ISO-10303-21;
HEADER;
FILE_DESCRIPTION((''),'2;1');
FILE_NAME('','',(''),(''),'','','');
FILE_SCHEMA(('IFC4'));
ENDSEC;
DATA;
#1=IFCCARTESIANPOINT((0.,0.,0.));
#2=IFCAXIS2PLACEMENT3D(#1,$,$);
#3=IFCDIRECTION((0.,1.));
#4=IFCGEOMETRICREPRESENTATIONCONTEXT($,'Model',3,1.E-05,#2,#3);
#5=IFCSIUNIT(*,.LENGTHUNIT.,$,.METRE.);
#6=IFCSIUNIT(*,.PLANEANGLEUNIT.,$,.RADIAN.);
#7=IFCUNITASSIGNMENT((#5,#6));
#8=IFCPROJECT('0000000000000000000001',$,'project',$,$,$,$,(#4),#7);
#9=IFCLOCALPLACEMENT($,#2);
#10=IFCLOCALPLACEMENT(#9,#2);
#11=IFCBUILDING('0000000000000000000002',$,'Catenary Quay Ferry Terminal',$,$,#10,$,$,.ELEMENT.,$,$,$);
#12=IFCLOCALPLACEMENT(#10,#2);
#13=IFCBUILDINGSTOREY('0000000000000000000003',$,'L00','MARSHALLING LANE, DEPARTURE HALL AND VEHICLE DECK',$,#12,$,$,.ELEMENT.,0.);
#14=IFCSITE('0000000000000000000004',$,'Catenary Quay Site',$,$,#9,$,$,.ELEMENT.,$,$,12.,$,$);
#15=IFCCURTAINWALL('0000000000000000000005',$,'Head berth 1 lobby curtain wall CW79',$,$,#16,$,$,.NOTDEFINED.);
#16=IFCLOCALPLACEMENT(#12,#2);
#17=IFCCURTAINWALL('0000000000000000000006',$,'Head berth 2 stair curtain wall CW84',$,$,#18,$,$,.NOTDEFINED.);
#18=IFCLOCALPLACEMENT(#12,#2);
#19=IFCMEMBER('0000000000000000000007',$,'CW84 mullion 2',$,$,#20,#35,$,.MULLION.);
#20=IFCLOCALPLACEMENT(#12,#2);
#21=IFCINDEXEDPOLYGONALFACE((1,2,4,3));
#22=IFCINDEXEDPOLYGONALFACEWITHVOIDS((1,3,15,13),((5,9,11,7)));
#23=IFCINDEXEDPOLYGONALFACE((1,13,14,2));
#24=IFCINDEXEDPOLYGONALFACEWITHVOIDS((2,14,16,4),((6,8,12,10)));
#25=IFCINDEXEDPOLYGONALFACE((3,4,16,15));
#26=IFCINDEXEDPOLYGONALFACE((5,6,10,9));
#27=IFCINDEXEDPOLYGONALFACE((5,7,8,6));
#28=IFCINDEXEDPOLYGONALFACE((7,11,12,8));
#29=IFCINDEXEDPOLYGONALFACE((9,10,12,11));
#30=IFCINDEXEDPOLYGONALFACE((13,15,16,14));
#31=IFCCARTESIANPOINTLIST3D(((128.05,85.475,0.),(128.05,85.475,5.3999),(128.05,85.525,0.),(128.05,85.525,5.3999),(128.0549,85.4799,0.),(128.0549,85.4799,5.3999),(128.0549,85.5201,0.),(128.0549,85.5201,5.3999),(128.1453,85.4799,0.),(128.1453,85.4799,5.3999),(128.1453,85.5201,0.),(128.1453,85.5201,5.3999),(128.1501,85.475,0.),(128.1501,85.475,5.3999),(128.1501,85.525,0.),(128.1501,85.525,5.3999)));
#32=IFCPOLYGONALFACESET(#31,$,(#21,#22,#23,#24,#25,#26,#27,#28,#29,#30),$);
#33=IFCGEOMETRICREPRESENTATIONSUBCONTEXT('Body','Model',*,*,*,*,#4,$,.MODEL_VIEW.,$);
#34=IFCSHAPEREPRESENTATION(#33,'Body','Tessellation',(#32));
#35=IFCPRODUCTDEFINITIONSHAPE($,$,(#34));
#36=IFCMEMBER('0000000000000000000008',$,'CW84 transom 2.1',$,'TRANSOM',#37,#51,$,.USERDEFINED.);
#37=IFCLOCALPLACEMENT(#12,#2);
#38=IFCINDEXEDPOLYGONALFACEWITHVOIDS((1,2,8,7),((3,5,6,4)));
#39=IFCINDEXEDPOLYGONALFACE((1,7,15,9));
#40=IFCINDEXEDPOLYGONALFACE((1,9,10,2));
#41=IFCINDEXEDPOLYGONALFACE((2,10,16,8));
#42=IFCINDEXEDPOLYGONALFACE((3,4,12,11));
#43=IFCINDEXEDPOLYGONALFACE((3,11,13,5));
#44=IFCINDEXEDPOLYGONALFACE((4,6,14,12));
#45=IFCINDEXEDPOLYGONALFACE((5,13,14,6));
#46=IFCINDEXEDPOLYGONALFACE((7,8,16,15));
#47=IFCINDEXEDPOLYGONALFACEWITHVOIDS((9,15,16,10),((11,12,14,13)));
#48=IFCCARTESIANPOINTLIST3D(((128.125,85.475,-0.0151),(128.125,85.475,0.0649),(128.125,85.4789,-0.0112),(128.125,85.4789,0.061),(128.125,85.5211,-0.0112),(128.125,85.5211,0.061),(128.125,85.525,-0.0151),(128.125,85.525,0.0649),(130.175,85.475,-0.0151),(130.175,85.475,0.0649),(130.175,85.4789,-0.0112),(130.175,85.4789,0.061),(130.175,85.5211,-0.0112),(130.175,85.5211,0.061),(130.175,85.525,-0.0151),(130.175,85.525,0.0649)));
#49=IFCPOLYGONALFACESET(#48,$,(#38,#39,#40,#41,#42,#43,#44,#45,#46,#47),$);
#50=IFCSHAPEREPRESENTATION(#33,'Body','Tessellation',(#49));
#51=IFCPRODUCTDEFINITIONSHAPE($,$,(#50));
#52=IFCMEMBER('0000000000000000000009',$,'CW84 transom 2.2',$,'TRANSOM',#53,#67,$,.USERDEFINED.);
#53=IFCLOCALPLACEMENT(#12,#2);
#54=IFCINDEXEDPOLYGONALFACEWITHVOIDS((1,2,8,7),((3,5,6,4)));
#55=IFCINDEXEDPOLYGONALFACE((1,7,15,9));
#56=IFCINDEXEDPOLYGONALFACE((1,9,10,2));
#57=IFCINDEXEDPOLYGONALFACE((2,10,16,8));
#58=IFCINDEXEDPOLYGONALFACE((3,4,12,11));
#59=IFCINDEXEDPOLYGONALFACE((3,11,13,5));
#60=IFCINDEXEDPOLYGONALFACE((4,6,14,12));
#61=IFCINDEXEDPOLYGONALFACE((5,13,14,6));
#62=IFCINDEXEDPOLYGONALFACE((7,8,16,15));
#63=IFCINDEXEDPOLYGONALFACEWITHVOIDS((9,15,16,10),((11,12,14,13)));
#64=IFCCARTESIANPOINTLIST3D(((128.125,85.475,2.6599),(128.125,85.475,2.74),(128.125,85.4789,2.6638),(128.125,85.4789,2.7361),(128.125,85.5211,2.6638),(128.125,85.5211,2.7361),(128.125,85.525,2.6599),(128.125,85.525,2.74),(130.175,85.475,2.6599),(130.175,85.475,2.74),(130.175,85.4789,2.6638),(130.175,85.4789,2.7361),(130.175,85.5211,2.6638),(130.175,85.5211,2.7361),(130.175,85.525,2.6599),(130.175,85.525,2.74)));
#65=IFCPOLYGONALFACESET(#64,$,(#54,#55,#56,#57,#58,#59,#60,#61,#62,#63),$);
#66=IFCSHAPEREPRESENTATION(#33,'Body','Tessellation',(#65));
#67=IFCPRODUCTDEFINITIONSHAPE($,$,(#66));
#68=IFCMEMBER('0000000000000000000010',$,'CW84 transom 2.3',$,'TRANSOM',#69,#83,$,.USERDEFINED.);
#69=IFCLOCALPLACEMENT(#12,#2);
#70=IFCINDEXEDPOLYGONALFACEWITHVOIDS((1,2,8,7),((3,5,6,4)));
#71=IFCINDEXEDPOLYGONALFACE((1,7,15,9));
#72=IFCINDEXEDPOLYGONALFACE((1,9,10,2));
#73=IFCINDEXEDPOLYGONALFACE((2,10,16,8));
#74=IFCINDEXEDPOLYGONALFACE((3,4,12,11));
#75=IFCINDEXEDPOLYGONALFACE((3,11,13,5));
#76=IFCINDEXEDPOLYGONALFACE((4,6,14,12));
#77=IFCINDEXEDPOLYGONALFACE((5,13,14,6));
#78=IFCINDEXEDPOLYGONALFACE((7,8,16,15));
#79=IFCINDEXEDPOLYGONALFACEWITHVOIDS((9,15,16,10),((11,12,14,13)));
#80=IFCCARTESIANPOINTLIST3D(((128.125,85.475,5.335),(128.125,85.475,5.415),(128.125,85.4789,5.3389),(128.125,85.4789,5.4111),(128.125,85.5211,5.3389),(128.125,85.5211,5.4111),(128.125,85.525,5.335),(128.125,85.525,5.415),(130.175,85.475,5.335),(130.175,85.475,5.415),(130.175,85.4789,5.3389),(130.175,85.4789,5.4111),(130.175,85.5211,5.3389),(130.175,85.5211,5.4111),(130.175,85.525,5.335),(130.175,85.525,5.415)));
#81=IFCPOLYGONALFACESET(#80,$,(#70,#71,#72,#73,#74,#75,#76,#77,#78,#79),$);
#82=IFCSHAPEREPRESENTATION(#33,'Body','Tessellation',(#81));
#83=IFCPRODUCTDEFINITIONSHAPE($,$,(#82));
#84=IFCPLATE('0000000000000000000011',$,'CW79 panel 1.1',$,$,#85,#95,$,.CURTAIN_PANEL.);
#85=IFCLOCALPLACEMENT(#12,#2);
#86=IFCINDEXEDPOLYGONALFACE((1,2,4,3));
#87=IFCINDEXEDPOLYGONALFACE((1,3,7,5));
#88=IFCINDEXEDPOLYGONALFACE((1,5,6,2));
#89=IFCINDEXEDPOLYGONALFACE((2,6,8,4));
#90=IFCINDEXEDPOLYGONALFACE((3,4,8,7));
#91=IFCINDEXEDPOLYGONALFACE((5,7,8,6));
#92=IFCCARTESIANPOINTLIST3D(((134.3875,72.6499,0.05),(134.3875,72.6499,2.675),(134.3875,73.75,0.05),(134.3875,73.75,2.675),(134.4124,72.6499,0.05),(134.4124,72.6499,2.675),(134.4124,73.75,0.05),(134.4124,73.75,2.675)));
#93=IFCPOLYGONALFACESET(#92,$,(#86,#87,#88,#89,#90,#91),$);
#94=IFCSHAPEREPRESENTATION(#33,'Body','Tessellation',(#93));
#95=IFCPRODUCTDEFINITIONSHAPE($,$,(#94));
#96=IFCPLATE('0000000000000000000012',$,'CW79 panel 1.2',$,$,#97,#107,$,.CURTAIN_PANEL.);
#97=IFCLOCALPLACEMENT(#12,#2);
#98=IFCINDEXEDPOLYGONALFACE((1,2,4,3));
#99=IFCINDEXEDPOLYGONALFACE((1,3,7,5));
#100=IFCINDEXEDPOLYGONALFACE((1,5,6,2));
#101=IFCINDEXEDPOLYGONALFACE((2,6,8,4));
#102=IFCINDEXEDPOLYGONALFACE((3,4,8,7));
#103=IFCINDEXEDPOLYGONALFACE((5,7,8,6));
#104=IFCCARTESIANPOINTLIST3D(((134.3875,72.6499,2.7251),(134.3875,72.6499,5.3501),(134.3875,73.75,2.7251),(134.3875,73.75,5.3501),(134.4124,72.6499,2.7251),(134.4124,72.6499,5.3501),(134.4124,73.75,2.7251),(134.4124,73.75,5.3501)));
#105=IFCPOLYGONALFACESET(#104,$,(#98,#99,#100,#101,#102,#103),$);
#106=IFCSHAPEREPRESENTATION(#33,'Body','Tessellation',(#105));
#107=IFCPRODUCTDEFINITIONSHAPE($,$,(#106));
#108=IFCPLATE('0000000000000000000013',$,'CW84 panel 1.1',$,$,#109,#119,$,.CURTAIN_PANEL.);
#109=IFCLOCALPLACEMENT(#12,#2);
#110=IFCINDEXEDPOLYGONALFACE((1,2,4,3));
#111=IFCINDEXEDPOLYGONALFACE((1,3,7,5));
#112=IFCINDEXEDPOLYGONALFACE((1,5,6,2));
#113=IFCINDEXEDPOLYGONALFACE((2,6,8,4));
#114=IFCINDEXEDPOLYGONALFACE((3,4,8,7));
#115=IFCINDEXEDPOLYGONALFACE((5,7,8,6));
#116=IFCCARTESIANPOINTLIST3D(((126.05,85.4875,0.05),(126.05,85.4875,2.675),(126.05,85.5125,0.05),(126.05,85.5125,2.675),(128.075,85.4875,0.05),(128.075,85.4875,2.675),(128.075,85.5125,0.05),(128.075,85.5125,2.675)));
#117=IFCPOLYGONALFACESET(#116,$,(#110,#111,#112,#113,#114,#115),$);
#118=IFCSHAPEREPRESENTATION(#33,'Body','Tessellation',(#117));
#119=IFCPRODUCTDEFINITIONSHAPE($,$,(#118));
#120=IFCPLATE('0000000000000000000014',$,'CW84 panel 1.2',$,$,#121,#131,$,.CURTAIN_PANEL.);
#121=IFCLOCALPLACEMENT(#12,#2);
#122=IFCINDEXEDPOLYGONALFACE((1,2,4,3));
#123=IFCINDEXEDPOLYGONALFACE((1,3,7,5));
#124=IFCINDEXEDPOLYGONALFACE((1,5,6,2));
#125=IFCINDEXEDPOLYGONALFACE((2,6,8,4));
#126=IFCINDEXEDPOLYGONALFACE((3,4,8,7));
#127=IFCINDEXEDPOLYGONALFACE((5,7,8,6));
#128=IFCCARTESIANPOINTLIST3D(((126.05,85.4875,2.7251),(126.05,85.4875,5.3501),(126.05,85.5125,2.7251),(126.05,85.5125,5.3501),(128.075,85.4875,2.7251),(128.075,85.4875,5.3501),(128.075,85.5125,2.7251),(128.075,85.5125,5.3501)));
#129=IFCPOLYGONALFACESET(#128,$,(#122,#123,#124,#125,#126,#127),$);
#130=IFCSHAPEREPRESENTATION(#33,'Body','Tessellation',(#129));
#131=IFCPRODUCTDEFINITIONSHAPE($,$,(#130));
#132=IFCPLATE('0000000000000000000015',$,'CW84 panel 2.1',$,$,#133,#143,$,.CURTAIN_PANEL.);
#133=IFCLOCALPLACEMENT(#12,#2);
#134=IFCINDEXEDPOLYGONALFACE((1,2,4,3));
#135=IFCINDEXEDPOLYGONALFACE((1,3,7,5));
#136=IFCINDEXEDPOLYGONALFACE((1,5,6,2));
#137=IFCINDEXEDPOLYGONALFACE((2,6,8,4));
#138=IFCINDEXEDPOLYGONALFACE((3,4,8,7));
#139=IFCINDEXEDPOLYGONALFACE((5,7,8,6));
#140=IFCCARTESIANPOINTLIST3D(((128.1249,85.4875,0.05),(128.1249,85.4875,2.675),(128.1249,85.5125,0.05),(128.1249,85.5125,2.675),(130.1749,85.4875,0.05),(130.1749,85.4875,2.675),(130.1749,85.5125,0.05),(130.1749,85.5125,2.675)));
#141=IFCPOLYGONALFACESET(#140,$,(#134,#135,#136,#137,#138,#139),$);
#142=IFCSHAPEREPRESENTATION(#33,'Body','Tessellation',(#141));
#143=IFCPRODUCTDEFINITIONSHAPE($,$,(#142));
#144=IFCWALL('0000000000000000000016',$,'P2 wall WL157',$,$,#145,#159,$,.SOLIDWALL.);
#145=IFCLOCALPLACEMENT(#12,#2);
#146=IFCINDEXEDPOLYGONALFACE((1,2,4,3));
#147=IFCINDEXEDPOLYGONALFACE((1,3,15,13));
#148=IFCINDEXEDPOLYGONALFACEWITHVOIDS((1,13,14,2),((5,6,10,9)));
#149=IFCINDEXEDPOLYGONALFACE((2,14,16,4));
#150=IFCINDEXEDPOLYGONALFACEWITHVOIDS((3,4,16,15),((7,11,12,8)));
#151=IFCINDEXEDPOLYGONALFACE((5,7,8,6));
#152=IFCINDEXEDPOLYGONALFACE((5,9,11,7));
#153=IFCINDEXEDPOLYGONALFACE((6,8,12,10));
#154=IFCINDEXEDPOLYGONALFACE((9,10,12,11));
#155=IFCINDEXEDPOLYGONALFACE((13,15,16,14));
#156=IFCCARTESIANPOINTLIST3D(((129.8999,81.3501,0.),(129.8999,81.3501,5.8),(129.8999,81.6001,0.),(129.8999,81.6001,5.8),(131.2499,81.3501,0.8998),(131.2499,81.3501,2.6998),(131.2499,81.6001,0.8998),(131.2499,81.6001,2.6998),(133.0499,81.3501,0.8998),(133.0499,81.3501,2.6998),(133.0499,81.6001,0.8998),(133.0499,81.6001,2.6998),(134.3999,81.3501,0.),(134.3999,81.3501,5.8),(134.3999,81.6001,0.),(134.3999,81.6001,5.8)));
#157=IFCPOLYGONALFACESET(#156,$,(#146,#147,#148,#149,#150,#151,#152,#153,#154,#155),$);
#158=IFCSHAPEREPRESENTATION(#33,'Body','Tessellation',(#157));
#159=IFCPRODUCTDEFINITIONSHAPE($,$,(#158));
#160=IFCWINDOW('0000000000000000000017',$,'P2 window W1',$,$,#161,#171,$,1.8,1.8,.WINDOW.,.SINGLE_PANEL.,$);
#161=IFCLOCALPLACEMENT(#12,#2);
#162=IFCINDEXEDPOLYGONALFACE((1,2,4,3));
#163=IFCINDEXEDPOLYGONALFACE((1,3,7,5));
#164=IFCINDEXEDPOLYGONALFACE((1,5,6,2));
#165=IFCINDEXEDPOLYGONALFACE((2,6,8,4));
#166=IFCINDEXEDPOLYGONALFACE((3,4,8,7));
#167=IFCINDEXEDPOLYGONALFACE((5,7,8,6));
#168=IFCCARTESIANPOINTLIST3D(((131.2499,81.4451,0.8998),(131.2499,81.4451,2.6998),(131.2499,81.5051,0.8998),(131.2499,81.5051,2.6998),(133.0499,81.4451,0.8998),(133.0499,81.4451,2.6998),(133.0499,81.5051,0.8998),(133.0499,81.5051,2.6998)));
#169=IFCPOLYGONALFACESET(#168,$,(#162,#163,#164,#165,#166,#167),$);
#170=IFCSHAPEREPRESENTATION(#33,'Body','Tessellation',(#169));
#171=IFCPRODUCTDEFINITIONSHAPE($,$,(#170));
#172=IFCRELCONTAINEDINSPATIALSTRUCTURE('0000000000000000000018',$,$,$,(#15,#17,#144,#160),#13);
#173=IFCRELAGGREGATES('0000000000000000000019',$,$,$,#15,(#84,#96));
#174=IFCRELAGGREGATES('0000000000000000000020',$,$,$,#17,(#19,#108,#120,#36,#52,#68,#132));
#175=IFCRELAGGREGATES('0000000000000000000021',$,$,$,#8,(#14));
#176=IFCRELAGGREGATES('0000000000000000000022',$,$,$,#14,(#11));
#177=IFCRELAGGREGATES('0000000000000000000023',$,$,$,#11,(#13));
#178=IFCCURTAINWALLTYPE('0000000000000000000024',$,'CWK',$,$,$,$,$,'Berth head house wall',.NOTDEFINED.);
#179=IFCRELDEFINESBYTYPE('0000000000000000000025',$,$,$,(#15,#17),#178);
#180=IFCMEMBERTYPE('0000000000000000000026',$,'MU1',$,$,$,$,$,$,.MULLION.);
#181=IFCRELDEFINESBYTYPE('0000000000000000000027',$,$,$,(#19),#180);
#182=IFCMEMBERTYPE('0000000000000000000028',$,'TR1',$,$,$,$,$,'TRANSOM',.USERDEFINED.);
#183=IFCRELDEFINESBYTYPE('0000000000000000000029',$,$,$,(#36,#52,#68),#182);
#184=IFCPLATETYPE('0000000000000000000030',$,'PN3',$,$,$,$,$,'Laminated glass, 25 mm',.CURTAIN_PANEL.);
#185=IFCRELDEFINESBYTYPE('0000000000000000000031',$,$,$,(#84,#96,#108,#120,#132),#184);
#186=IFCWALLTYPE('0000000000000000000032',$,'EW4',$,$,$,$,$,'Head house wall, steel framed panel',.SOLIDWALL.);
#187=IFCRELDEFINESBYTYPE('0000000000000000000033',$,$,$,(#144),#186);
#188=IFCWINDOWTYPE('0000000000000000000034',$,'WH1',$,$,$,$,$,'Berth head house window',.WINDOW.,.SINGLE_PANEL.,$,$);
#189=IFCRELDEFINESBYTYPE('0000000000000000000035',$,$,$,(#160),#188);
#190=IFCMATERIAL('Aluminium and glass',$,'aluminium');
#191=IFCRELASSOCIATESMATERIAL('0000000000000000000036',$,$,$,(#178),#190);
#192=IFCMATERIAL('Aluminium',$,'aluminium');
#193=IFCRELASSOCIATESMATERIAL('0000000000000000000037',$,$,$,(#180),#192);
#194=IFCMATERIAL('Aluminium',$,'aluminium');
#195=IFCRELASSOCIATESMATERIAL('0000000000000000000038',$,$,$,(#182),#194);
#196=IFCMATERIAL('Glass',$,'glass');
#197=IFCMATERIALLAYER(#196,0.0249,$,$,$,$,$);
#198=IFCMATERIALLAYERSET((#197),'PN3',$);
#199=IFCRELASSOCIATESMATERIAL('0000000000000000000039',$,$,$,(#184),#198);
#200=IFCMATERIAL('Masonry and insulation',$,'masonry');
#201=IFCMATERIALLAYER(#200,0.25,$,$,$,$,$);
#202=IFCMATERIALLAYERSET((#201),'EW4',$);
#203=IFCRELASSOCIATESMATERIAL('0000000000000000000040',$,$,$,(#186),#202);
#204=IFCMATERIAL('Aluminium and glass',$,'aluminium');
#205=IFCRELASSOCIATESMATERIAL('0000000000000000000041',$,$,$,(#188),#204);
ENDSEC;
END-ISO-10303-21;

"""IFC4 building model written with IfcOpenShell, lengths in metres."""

from ifc_helpers import new_model, si_unit, direction, frame, frame_2d, origin, origin_2d, place, context, subcontext, project, spatial, rectangle, hollow_rectangle, extrude, material, layer, layer_set, material_profile, profile_set, type_object, element, fill, aggregate, save


model = new_model("IFC4")

# Units and contexts
model_context = context("Model", 3, precision=1e-05, world=origin(), true_north=direction((0.0, 1.0)))
body_context = subcontext(model_context, "Body", "Model", "MODEL_VIEW")
ifc_project = project(units=[si_unit("LENGTHUNIT", "METRE"), si_unit("PLANEANGLEUNIT", "RADIAN")], contexts=[model_context])

# Site, building, storey
site_placement = place(None, origin())
site = spatial("IfcSite", under=ifc_project, at=site_placement, Name="Catenary Quay Site", CompositionType="ELEMENT", RefElevation=12.0)
building_placement = place(site_placement, origin())
building = spatial("IfcBuilding", under=site, at=building_placement, Name="Catenary Quay Ferry Terminal", CompositionType="ELEMENT")
storey_placement = place(building_placement, origin())
storey = spatial("IfcBuildingStorey", under=building, at=storey_placement, Name="L00", Description="MARSHALLING LANE, DEPARTURE HALL AND VEHICLE DECK", CompositionType="ELEMENT", Elevation=0.0)

# Curtain wall
ifc_material_1 = material(Name="Aluminium and glass", Category="aluminium")
curtain_wall_type = type_object("IfcCurtainWallType", Name="CWK", ElementType="Berth head house wall", PredefinedType="NOTDEFINED", material=ifc_material_1)
curtain_wall_1_placement = place(storey_placement, origin())
curtain_wall_1 = element("IfcCurtainWall", 1, at=curtain_wall_1_placement, inside=storey, type_object=curtain_wall_type, Name="Head berth 1 lobby curtain wall CW79", PredefinedType="NOTDEFINED")
ifc_material_2 = material(Name="Aluminium", Category="aluminium")
ifc_material_profile_1 = material_profile(ifc_material_2, hollow_rectangle(XDim=0.05, YDim=0.1001, WallThickness=0.0049, at=origin_2d()), Name="MU1")
ifc_profile_set_1 = profile_set([ifc_material_profile_1], Name="Aluminium")
member_type_1 = type_object("IfcMemberType", Name="MU1", PredefinedType="MULLION", material=ifc_profile_set_1)

# Curtain wall, members
curtain_wall_2_placement = place(storey_placement, origin())
curtain_wall_2 = element("IfcCurtainWall", 2, at=curtain_wall_2_placement, inside=storey, type_object=curtain_wall_type, Name="Head berth 2 stair curtain wall CW84", PredefinedType="NOTDEFINED")
member_1_placement = place(storey_placement, frame((128.1001, 85.5, 0.0), z_axis=(0.0, 0.0, 1.0), x_axis=(0.0, 1.0, 0.0)))
member_1 = element("IfcMember", 3, at=member_1_placement, type_object=member_type_1, Name="CW84 mullion 2", PredefinedType="MULLION", context=body_context, shape_type="SweptSolid", body=[
    extrude(hollow_rectangle(XDim=0.05, YDim=0.1001, WallThickness=0.0049, at=origin_2d()), origin(), (0.0, 0.0, 1.0), 5.3999),
])
ifc_material_3 = material(Name="Aluminium", Category="aluminium")
ifc_material_profile_2 = material_profile(ifc_material_3, hollow_rectangle(XDim=0.05, YDim=0.0801, WallThickness=0.0039, at=origin_2d()), Name="TR1")
ifc_profile_set_2 = profile_set([ifc_material_profile_2], Name="Aluminium")
member_type_2 = type_object("IfcMemberType", Name="TR1", ElementType="TRANSOM", PredefinedType="USERDEFINED", material=ifc_profile_set_2)
member_2_placement = place(storey_placement, frame((128.125, 85.5, 0.0249), z_axis=(1.0, 0.0, 0.0), x_axis=(0.0, 1.0, 0.0)))
member_2 = element("IfcMember", 4, at=member_2_placement, type_object=member_type_2, Name="CW84 transom 2.1", ObjectType="TRANSOM", PredefinedType="USERDEFINED", context=body_context, shape_type="SweptSolid", body=[
    extrude(hollow_rectangle(XDim=0.05, YDim=0.0801, WallThickness=0.0039, at=origin_2d()), origin(), (0.0, 0.0, 1.0), 2.05),
])
member_3_placement = place(storey_placement, frame((128.125, 85.5, 2.7), z_axis=(1.0, 0.0, 0.0), x_axis=(0.0, 1.0, 0.0)))
member_3 = element("IfcMember", 5, at=member_3_placement, type_object=member_type_2, Name="CW84 transom 2.2", ObjectType="TRANSOM", PredefinedType="USERDEFINED", context=body_context, shape_type="SweptSolid", body=[
    extrude(hollow_rectangle(XDim=0.05, YDim=0.0801, WallThickness=0.0039, at=origin_2d()), origin(), (0.0, 0.0, 1.0), 2.05),
])
member_4_placement = place(storey_placement, frame((128.125, 85.5, 5.375), z_axis=(1.0, 0.0, 0.0), x_axis=(0.0, 1.0, 0.0)))
member_4 = element("IfcMember", 6, at=member_4_placement, type_object=member_type_2, Name="CW84 transom 2.3", ObjectType="TRANSOM", PredefinedType="USERDEFINED", context=body_context, shape_type="SweptSolid", body=[
    extrude(hollow_rectangle(XDim=0.05, YDim=0.0801, WallThickness=0.0039, at=origin_2d()), origin(), (0.0, 0.0, 1.0), 2.05),
])

# Plates
ifc_material_4 = material(Name="Glass", Category="glass")
ifc_layer_1 = layer(ifc_material_4, 0.0249)
ifc_layer_set_1 = layer_set([ifc_layer_1], Name="PN3")
plate_type = type_object("IfcPlateType", Name="PN3", ElementType="Laminated glass, 25 mm", PredefinedType="CURTAIN_PANEL", material=ifc_layer_set_1)
plate_1_placement = place(storey_placement, frame((134.3999, 73.2, 0.05), z_axis=(0.0, 0.0, 1.0), x_axis=(0.0, 1.0, 0.0)))
plate_1 = element("IfcPlate", 7, at=plate_1_placement, type_object=plate_type, Name="CW79 panel 1.1", PredefinedType="CURTAIN_PANEL", context=body_context, shape_type="SweptSolid", body=[
    extrude(rectangle(XDim=1.1001, YDim=0.0249, at=origin_2d()), origin(), (0.0, 0.0, 1.0), 2.625),
])
plate_2_placement = place(storey_placement, frame((134.3999, 73.2, 2.7251), z_axis=(0.0, 0.0, 1.0), x_axis=(0.0, 1.0, 0.0)))
plate_2 = element("IfcPlate", 8, at=plate_2_placement, type_object=plate_type, Name="CW79 panel 1.2", PredefinedType="CURTAIN_PANEL", context=body_context, shape_type="SweptSolid", body=[
    extrude(rectangle(XDim=1.1001, YDim=0.0249, at=origin_2d()), origin(), (0.0, 0.0, 1.0), 2.625),
])
aggregate(curtain_wall_1, [plate_1, plate_2])
plate_3_placement = place(storey_placement, frame((127.0625, 85.5, 0.05), z_axis=(0.0, 0.0, 1.0), x_axis=(1.0, 0.0, 0.0)))
plate_3 = element("IfcPlate", 9, at=plate_3_placement, type_object=plate_type, Name="CW84 panel 1.1", PredefinedType="CURTAIN_PANEL", context=body_context, shape_type="SweptSolid", body=[
    extrude(rectangle(XDim=2.0249, YDim=0.0249, at=origin_2d()), origin(), (0.0, 0.0, 1.0), 2.625),
])
plate_4_placement = place(storey_placement, frame((127.0625, 85.5, 2.7251), z_axis=(0.0, 0.0, 1.0), x_axis=(1.0, 0.0, 0.0)))
plate_4 = element("IfcPlate", 10, at=plate_4_placement, type_object=plate_type, Name="CW84 panel 1.2", PredefinedType="CURTAIN_PANEL", context=body_context, shape_type="SweptSolid", body=[
    extrude(rectangle(XDim=2.0249, YDim=0.0249, at=origin_2d()), origin(), (0.0, 0.0, 1.0), 2.625),
])
plate_5_placement = place(storey_placement, frame((129.1499, 85.5, 0.05), z_axis=(0.0, 0.0, 1.0), x_axis=(1.0, 0.0, 0.0)))
plate_5 = element("IfcPlate", 11, at=plate_5_placement, type_object=plate_type, Name="CW84 panel 2.1", PredefinedType="CURTAIN_PANEL", context=body_context, shape_type="SweptSolid", body=[
    extrude(rectangle(XDim=2.05, YDim=0.0249, at=origin_2d()), origin(), (0.0, 0.0, 1.0), 2.625),
])
aggregate(curtain_wall_2, [member_1, plate_3, plate_4, member_2, member_3, member_4, plate_5])

# Wall, opening, window
ifc_material_5 = material(Name="Masonry and insulation", Category="masonry")
ifc_layer_2 = layer(ifc_material_5, 0.25)
ifc_layer_set_2 = layer_set([ifc_layer_2], Name="EW4")
wall_type_1 = type_object("IfcWallType", Name="EW4", ElementType="Head house wall, steel framed panel", PredefinedType="SOLIDWALL", material=ifc_layer_set_2)
wall_1_placement = place(storey_placement, frame((129.8999, 81.4751, 0.0), z_axis=(0.0, 0.0, 1.0), x_axis=(1.0, 0.0, 0.0)))
wall_1 = element("IfcWall", 12, at=wall_1_placement, inside=storey, type_object=wall_type_1, Name="P2 wall WL157", PredefinedType="SOLIDWALL", context=body_context, shape_type="SweptSolid", body=[
    extrude(rectangle(XDim=4.5, YDim=0.25, at=frame_2d((2.25, 0.0))), origin(), (0.0, 0.0, 1.0), 5.8),
])
opening_1_placement = place(wall_1_placement, frame((1.3501, 0.0, 0.8999)))
opening_1 = element("IfcOpeningElement", 13, at=opening_1_placement, cuts=wall_1, PredefinedType="OPENING", context=body_context, shape_type="SweptSolid", body=[
    extrude(rectangle(XDim=1.8, YDim=1.8, at=frame_2d((0.8999, 0.8999))), frame((0.0, 0.135, 0.0), z_axis=(0.0, -1.0, 0.0), x_axis=(1.0, 0.0, 0.0)), (0.0, 0.0, 1.0), 0.27),
])
ifc_material_6 = material(Name="Aluminium and glass", Category="aluminium")
window_type = type_object("IfcWindowType", Name="WH1", ElementType="Berth head house window", PartitioningType="SINGLE_PANEL", PredefinedType="WINDOW", material=ifc_material_6)
window_1_placement = place(opening_1_placement, origin())
window_1 = element("IfcWindow", 14, at=window_1_placement, inside=storey, type_object=window_type, Name="P2 window W1", OverallHeight=1.8, OverallWidth=1.8, PartitioningType="SINGLE_PANEL", PredefinedType="WINDOW", context=body_context, shape_type="SweptSolid", body=[
    extrude(rectangle(XDim=1.8, YDim=1.8, at=frame_2d((0.8999, 0.8999))), frame((0.0, 0.03, 0.0), z_axis=(0.0, -1.0, 0.0), x_axis=(1.0, 0.0, 0.0)), (0.0, 0.0, 1.0), 0.0601),
])
fill(opening_1, window_1)

save(model, "model.ifc")
